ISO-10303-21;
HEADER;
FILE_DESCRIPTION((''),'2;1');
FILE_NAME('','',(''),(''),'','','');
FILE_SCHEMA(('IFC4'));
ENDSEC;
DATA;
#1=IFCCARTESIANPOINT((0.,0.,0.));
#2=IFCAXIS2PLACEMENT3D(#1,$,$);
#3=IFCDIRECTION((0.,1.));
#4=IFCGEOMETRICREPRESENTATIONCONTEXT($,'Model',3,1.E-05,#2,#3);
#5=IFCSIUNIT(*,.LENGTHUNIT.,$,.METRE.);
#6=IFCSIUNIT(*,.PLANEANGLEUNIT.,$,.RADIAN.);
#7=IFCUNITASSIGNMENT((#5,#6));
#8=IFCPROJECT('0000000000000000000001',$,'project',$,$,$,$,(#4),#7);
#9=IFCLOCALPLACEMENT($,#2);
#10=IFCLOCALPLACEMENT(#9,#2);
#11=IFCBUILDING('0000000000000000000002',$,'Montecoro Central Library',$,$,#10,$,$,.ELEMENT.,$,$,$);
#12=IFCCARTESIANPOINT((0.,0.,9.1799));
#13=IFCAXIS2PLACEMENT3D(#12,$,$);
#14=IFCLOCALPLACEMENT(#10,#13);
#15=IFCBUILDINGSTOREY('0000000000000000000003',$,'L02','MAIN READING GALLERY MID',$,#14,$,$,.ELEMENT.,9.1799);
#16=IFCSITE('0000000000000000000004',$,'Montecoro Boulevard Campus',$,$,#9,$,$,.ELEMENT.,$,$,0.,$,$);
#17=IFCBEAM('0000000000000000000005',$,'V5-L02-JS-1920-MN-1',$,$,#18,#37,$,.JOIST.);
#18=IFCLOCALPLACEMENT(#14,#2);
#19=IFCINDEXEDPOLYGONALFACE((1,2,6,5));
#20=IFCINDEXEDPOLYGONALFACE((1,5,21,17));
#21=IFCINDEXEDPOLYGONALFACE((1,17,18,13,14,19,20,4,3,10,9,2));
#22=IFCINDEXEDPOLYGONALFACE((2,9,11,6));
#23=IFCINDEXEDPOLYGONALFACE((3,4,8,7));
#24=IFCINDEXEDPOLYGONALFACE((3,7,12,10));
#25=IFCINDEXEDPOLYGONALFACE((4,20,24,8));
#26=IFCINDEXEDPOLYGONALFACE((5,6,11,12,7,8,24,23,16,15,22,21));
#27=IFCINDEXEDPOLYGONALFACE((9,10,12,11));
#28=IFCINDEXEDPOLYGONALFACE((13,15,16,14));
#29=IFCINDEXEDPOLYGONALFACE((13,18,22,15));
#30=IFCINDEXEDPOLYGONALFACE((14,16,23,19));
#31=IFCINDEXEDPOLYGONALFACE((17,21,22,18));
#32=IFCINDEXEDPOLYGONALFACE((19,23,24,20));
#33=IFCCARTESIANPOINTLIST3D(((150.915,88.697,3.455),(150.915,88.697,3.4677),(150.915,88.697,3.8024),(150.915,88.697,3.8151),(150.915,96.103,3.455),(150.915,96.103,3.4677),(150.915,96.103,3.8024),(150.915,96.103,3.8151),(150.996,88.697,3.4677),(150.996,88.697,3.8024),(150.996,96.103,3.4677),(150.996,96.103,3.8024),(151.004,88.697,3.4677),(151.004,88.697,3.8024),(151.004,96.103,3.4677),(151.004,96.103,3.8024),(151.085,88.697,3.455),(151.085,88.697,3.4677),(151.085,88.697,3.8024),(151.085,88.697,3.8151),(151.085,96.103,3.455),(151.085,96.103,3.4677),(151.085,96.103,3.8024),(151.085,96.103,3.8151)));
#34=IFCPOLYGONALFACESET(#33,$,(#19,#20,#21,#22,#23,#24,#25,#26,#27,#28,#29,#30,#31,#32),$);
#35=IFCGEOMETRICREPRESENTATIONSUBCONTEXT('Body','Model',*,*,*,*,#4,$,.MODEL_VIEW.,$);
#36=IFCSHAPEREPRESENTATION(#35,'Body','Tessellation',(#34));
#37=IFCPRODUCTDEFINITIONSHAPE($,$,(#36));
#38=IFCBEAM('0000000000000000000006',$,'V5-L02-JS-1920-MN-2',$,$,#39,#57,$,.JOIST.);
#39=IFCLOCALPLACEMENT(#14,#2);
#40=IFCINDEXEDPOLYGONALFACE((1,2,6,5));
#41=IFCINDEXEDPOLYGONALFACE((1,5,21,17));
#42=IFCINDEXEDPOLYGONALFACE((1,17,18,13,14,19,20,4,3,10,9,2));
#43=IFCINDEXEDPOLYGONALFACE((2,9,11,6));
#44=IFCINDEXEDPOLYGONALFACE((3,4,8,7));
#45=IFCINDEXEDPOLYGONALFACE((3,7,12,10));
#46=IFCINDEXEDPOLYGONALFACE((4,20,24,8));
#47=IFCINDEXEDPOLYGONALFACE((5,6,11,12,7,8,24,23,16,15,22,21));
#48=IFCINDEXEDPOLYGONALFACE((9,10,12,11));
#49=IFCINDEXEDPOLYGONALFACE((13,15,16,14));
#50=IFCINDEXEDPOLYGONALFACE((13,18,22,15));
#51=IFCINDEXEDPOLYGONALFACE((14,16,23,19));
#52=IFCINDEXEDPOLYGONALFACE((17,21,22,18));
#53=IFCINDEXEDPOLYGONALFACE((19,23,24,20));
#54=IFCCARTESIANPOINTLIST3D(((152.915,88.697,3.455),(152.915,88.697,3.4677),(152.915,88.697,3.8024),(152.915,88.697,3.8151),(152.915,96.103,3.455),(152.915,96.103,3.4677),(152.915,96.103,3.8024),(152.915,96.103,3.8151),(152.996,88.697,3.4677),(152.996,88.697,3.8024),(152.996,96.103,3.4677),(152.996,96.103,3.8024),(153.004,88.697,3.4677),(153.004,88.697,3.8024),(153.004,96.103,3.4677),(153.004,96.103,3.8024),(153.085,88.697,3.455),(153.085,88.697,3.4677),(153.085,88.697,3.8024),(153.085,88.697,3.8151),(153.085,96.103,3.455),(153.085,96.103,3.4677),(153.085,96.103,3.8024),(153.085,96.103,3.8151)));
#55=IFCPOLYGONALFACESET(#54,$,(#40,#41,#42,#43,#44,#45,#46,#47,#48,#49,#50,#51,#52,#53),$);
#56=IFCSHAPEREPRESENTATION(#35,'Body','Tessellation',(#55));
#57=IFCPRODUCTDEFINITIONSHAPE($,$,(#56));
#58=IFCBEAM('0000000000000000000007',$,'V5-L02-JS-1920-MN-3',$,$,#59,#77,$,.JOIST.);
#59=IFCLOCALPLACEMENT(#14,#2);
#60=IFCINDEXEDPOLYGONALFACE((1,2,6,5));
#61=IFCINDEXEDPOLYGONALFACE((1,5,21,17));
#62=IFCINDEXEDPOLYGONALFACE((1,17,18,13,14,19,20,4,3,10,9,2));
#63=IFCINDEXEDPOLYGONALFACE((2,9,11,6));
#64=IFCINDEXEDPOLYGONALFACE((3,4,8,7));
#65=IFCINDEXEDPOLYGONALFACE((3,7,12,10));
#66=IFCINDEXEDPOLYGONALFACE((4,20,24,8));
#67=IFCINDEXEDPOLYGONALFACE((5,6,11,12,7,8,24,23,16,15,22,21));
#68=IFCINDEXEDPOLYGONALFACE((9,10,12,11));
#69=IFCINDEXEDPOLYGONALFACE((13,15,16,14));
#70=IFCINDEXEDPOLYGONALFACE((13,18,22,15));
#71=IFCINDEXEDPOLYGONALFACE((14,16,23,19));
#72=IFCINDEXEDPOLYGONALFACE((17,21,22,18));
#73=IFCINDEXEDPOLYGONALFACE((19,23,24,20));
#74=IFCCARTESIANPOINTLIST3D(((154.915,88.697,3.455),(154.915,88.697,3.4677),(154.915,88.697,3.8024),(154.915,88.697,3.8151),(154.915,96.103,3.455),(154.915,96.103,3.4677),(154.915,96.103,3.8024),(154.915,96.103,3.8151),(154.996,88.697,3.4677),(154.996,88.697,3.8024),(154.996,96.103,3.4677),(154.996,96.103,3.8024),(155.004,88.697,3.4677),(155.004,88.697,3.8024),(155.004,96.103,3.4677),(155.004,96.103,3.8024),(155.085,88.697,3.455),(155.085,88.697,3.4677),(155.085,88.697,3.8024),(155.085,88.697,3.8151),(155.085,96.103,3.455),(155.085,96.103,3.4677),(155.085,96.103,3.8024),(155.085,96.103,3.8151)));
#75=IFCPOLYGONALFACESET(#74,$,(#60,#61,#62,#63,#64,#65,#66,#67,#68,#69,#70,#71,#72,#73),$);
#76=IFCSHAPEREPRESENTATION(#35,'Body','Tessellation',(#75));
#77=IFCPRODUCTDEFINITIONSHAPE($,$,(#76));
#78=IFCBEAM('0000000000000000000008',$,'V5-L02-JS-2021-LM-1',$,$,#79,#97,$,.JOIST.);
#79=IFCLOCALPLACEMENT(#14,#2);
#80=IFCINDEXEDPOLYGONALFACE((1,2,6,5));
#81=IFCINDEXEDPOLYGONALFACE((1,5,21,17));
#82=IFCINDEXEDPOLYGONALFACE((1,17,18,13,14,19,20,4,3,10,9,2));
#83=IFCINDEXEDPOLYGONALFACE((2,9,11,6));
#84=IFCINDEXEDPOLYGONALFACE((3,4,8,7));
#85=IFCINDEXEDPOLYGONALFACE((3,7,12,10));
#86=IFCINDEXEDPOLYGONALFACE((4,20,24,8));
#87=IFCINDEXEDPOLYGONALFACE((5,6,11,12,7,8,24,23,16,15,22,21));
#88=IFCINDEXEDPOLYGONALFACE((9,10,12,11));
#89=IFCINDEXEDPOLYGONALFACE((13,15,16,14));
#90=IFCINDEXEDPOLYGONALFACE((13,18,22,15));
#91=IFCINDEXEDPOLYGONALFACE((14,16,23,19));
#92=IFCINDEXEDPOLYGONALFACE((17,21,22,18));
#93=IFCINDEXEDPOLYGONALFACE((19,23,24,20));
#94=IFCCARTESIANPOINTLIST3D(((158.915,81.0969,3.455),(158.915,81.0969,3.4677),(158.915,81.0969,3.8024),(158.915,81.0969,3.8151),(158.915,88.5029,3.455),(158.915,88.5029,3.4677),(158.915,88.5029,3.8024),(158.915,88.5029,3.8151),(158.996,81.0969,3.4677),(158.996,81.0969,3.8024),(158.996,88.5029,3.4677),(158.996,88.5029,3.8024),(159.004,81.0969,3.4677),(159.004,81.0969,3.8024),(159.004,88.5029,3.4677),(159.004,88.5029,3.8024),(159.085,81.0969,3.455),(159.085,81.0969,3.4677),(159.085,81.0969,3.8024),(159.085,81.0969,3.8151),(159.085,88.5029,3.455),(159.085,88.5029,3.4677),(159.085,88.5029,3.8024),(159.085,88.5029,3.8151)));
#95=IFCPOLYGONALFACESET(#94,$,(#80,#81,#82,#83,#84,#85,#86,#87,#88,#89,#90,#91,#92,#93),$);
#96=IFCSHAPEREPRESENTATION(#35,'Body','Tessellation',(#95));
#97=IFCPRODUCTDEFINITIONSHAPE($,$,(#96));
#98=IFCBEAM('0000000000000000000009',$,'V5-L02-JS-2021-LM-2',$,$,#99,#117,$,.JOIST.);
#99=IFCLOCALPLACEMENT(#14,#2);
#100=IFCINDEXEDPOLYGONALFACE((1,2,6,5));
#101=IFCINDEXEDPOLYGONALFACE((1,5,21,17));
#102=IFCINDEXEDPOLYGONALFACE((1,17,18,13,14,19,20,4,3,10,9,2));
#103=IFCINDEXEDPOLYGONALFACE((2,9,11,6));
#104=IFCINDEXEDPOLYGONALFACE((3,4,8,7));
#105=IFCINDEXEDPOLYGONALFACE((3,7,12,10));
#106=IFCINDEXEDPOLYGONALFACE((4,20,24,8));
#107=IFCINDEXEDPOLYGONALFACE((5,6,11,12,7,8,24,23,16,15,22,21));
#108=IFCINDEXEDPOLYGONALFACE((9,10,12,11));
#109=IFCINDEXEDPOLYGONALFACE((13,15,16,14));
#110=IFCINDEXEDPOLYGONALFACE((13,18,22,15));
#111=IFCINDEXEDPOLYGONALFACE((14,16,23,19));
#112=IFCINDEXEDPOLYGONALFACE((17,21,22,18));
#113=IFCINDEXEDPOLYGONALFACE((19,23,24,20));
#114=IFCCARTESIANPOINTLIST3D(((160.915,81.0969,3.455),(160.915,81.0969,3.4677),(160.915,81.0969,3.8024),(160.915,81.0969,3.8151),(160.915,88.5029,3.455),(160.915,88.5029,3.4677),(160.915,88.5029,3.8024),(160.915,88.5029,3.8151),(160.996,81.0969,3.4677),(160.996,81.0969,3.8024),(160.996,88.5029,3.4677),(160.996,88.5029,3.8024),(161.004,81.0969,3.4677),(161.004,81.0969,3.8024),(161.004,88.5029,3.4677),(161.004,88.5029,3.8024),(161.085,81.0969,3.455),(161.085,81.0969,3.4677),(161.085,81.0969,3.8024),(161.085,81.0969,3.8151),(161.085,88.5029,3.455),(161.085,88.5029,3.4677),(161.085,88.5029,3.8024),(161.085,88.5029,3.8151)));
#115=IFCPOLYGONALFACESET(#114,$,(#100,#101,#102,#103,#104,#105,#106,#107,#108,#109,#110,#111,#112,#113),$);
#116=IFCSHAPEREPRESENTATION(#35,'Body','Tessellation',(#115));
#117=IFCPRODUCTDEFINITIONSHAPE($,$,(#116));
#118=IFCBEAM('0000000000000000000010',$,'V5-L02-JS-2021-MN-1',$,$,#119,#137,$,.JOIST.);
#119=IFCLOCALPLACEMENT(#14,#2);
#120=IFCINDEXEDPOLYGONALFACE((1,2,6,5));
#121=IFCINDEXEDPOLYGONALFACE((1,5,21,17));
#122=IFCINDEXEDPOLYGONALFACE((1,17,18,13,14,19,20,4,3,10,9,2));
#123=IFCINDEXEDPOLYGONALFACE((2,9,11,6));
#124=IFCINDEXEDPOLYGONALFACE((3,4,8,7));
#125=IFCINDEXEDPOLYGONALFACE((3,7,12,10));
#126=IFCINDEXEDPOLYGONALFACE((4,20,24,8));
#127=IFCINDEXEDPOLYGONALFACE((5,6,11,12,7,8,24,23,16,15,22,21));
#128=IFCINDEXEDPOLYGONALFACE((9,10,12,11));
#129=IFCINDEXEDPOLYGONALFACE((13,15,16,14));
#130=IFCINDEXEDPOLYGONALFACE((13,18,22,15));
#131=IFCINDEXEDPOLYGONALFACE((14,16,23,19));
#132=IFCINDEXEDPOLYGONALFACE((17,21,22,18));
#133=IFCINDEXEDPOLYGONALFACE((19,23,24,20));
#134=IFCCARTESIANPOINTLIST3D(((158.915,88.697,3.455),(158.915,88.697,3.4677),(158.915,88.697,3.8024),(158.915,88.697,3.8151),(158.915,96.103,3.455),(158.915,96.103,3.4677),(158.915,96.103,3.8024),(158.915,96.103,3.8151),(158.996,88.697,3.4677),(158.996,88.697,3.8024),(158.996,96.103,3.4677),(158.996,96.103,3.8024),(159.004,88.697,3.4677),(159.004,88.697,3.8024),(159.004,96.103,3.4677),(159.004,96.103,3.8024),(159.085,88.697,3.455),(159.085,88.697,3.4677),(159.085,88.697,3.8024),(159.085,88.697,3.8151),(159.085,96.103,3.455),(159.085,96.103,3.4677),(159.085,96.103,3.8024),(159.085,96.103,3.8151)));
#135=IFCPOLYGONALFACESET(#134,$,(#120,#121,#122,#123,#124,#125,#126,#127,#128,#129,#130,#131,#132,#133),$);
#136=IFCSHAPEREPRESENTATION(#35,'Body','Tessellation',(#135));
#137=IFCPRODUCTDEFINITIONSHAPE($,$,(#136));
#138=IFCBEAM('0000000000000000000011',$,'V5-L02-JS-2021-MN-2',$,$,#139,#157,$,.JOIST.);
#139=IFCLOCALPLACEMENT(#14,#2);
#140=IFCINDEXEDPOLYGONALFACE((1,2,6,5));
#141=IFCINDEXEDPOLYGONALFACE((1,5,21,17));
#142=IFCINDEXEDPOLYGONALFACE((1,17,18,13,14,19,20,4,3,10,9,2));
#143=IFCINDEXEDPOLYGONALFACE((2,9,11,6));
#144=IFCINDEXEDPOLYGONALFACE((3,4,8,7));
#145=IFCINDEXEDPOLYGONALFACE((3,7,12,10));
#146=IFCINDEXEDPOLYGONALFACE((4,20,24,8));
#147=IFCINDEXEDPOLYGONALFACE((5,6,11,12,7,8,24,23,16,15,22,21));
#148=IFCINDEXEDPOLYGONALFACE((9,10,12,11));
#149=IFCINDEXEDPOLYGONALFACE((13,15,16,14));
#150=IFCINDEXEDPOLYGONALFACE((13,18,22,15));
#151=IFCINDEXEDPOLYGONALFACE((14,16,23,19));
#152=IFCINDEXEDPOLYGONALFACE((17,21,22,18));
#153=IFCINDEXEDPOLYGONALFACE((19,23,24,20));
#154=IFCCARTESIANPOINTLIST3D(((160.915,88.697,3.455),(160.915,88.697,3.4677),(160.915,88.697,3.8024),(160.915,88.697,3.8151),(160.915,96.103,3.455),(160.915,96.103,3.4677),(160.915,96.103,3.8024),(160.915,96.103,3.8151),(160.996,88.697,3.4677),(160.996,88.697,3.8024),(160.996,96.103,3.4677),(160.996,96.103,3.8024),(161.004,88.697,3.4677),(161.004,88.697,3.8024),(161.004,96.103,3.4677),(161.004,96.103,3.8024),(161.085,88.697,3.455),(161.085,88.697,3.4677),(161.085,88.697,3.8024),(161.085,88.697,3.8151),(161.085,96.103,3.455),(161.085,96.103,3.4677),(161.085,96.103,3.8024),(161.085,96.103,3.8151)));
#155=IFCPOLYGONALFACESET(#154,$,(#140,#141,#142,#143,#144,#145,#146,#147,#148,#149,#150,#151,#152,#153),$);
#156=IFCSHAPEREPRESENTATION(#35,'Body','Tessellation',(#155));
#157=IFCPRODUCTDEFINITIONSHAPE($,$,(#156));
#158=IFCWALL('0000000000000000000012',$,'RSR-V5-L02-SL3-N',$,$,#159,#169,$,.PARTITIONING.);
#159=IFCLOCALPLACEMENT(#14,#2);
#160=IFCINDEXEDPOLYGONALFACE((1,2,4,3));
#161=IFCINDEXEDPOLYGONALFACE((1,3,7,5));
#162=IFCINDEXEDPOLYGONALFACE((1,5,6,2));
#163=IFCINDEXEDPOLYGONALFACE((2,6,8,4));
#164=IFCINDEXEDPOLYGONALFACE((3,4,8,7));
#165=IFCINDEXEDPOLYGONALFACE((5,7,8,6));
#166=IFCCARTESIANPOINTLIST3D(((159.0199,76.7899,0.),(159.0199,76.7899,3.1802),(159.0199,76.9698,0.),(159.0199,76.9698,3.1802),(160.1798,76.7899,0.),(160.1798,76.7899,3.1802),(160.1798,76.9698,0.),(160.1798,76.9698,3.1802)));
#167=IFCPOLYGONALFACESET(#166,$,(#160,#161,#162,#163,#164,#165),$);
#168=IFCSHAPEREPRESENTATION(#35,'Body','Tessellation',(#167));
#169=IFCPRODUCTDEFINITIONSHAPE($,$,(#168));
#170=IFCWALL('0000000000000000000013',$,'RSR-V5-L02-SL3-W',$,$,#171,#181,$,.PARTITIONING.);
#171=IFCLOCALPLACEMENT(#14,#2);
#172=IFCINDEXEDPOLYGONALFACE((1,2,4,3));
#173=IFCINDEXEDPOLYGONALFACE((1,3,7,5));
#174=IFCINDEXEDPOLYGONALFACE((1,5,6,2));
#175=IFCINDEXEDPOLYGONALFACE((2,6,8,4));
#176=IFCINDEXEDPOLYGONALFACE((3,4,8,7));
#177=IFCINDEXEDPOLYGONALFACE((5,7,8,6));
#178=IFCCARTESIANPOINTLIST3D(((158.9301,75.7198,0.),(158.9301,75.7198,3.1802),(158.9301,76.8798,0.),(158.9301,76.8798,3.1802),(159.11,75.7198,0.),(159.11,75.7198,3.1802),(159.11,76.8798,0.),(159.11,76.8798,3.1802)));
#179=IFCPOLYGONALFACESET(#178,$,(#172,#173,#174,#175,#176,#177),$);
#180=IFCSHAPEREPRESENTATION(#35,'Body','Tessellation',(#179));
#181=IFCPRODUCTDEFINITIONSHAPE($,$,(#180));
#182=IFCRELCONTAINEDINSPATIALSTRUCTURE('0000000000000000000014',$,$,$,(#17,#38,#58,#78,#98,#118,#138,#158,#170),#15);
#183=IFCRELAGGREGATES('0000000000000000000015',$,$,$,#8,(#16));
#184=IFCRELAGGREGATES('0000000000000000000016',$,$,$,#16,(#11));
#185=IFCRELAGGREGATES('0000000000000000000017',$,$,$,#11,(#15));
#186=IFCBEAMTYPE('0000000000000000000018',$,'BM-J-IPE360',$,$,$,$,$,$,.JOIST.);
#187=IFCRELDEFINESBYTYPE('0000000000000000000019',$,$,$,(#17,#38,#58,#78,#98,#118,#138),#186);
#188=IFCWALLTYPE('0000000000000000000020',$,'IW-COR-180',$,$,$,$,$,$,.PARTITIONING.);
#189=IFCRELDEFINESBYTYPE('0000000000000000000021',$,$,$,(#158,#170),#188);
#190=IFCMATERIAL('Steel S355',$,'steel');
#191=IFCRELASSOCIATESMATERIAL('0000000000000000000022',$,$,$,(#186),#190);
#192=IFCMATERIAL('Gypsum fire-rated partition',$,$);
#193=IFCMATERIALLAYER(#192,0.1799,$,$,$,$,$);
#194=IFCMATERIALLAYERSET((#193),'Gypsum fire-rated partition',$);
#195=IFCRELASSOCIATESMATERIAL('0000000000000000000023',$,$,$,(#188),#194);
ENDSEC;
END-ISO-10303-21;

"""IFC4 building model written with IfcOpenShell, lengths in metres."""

from ifc_helpers import new_model, si_unit, direction, frame, frame_2d, origin, origin_2d, place, context, subcontext, project, spatial, rectangle, i_section, extrude, material, layer, layer_set, material_profile, profile_set, type_object, element, save


model = new_model("IFC4")

# Units and contexts
model_context = context("Model", 3, precision=1e-05, world=origin(), true_north=direction((0.0, 1.0)))
body_context = subcontext(model_context, "Body", "Model", "MODEL_VIEW")
ifc_project = project(units=[si_unit("LENGTHUNIT", "METRE"), si_unit("PLANEANGLEUNIT", "RADIAN")], contexts=[model_context])

# Site, building, storey
site_placement = place(None, origin())
site = spatial("IfcSite", under=ifc_project, at=site_placement, Name="Montecoro Boulevard Campus", CompositionType="ELEMENT", RefElevation=0.0)
building_placement = place(site_placement, origin())
building = spatial("IfcBuilding", under=site, at=building_placement, Name="Montecoro Central Library", CompositionType="ELEMENT")
storey_placement = place(building_placement, frame((0.0, 0.0, 9.1799)))
storey = spatial("IfcBuildingStorey", under=building, at=storey_placement, Name="L02", Description="MAIN READING GALLERY MID", CompositionType="ELEMENT", Elevation=9.1799)

# Beams
ifc_material_1 = material(Name="Steel S355", Category="steel")
ifc_material_profile_1 = material_profile(ifc_material_1, i_section(OverallWidth=0.1699, OverallDepth=0.3601, WebThickness=0.0081, FlangeThickness=0.0127, at=origin_2d()), Name="IPE 360")
ifc_profile_set_1 = profile_set([ifc_material_profile_1], Name="Steel S355")
beam_type_1 = type_object("IfcBeamType", Name="BM-J-IPE360", PredefinedType="JOIST", material=ifc_profile_set_1)
for number, where, z_axis, x_axis, name in (
    (1, (151.0, 88.697, 3.635), (0.0, 1.0, 0.0), (-1.0, 0.0, 0.0), "V5-L02-JS-1920-MN-1"),
    (2, (153.0, 88.697, 3.635), (0.0, 1.0, 0.0), (-1.0, 0.0, 0.0), "V5-L02-JS-1920-MN-2"),
    (3, (155.0, 88.697, 3.635), (0.0, 1.0, 0.0), (-1.0, 0.0, 0.0), "V5-L02-JS-1920-MN-3"),
    (4, (159.0, 81.0969, 3.635), (0.0, 1.0, 0.0), (-1.0, 0.0, 0.0), "V5-L02-JS-2021-LM-1"),
    (5, (161.0, 81.0969, 3.635), (0.0, 1.0, 0.0), (-1.0, 0.0, 0.0), "V5-L02-JS-2021-LM-2"),
    (6, (159.0, 88.697, 3.635), (0.0, 1.0, 0.0), (-1.0, 0.0, 0.0), "V5-L02-JS-2021-MN-1"),
    (7, (161.0, 88.697, 3.635), (0.0, 1.0, 0.0), (-1.0, 0.0, 0.0), "V5-L02-JS-2021-MN-2"),
):
    element("IfcBeam", number, at=place(storey_placement, frame(where, z_axis=z_axis, x_axis=x_axis)), inside=storey, type_object=beam_type_1, Name=name, PredefinedType="JOIST", context=body_context, shape_type="SweptSolid", body=[
        extrude(i_section(OverallWidth=0.1699, OverallDepth=0.3601, WebThickness=0.0081, FlangeThickness=0.0127, at=origin_2d()), origin(), (0.0, 0.0, 1.0), 7.406),
    ])

# Walls
ifc_material_2 = material(Name="Gypsum fire-rated partition")
ifc_layer = layer(ifc_material_2, 0.1799)
ifc_layer_set = layer_set([ifc_layer], Name="Gypsum fire-rated partition")
wall_type = type_object("IfcWallType", Name="IW-COR-180", PredefinedType="PARTITIONING", material=ifc_layer_set)
for number, where, z_axis, x_axis, name in (
    (8, (160.1799, 76.8799, 0.0), (0.0, 0.0, 1.0), (-1.0, 0.0, 0.0), "RSR-V5-L02-SL3-N"),
    (9, (159.02, 76.8799, 0.0), (0.0, 0.0, 1.0), (0.0, -1.0, 0.0), "RSR-V5-L02-SL3-W"),
):
    element("IfcWall", number, at=place(storey_placement, frame(where, z_axis=z_axis, x_axis=x_axis)), inside=storey, type_object=wall_type, Name=name, PredefinedType="PARTITIONING", context=body_context, shape_type="SweptSolid", body=[
        extrude(rectangle(XDim=1.1599, YDim=0.1799, at=frame_2d((0.5801, 0.0))), origin(), (0.0, 0.0, 1.0), 3.1802),
    ])

save(model, "model.ifc")
